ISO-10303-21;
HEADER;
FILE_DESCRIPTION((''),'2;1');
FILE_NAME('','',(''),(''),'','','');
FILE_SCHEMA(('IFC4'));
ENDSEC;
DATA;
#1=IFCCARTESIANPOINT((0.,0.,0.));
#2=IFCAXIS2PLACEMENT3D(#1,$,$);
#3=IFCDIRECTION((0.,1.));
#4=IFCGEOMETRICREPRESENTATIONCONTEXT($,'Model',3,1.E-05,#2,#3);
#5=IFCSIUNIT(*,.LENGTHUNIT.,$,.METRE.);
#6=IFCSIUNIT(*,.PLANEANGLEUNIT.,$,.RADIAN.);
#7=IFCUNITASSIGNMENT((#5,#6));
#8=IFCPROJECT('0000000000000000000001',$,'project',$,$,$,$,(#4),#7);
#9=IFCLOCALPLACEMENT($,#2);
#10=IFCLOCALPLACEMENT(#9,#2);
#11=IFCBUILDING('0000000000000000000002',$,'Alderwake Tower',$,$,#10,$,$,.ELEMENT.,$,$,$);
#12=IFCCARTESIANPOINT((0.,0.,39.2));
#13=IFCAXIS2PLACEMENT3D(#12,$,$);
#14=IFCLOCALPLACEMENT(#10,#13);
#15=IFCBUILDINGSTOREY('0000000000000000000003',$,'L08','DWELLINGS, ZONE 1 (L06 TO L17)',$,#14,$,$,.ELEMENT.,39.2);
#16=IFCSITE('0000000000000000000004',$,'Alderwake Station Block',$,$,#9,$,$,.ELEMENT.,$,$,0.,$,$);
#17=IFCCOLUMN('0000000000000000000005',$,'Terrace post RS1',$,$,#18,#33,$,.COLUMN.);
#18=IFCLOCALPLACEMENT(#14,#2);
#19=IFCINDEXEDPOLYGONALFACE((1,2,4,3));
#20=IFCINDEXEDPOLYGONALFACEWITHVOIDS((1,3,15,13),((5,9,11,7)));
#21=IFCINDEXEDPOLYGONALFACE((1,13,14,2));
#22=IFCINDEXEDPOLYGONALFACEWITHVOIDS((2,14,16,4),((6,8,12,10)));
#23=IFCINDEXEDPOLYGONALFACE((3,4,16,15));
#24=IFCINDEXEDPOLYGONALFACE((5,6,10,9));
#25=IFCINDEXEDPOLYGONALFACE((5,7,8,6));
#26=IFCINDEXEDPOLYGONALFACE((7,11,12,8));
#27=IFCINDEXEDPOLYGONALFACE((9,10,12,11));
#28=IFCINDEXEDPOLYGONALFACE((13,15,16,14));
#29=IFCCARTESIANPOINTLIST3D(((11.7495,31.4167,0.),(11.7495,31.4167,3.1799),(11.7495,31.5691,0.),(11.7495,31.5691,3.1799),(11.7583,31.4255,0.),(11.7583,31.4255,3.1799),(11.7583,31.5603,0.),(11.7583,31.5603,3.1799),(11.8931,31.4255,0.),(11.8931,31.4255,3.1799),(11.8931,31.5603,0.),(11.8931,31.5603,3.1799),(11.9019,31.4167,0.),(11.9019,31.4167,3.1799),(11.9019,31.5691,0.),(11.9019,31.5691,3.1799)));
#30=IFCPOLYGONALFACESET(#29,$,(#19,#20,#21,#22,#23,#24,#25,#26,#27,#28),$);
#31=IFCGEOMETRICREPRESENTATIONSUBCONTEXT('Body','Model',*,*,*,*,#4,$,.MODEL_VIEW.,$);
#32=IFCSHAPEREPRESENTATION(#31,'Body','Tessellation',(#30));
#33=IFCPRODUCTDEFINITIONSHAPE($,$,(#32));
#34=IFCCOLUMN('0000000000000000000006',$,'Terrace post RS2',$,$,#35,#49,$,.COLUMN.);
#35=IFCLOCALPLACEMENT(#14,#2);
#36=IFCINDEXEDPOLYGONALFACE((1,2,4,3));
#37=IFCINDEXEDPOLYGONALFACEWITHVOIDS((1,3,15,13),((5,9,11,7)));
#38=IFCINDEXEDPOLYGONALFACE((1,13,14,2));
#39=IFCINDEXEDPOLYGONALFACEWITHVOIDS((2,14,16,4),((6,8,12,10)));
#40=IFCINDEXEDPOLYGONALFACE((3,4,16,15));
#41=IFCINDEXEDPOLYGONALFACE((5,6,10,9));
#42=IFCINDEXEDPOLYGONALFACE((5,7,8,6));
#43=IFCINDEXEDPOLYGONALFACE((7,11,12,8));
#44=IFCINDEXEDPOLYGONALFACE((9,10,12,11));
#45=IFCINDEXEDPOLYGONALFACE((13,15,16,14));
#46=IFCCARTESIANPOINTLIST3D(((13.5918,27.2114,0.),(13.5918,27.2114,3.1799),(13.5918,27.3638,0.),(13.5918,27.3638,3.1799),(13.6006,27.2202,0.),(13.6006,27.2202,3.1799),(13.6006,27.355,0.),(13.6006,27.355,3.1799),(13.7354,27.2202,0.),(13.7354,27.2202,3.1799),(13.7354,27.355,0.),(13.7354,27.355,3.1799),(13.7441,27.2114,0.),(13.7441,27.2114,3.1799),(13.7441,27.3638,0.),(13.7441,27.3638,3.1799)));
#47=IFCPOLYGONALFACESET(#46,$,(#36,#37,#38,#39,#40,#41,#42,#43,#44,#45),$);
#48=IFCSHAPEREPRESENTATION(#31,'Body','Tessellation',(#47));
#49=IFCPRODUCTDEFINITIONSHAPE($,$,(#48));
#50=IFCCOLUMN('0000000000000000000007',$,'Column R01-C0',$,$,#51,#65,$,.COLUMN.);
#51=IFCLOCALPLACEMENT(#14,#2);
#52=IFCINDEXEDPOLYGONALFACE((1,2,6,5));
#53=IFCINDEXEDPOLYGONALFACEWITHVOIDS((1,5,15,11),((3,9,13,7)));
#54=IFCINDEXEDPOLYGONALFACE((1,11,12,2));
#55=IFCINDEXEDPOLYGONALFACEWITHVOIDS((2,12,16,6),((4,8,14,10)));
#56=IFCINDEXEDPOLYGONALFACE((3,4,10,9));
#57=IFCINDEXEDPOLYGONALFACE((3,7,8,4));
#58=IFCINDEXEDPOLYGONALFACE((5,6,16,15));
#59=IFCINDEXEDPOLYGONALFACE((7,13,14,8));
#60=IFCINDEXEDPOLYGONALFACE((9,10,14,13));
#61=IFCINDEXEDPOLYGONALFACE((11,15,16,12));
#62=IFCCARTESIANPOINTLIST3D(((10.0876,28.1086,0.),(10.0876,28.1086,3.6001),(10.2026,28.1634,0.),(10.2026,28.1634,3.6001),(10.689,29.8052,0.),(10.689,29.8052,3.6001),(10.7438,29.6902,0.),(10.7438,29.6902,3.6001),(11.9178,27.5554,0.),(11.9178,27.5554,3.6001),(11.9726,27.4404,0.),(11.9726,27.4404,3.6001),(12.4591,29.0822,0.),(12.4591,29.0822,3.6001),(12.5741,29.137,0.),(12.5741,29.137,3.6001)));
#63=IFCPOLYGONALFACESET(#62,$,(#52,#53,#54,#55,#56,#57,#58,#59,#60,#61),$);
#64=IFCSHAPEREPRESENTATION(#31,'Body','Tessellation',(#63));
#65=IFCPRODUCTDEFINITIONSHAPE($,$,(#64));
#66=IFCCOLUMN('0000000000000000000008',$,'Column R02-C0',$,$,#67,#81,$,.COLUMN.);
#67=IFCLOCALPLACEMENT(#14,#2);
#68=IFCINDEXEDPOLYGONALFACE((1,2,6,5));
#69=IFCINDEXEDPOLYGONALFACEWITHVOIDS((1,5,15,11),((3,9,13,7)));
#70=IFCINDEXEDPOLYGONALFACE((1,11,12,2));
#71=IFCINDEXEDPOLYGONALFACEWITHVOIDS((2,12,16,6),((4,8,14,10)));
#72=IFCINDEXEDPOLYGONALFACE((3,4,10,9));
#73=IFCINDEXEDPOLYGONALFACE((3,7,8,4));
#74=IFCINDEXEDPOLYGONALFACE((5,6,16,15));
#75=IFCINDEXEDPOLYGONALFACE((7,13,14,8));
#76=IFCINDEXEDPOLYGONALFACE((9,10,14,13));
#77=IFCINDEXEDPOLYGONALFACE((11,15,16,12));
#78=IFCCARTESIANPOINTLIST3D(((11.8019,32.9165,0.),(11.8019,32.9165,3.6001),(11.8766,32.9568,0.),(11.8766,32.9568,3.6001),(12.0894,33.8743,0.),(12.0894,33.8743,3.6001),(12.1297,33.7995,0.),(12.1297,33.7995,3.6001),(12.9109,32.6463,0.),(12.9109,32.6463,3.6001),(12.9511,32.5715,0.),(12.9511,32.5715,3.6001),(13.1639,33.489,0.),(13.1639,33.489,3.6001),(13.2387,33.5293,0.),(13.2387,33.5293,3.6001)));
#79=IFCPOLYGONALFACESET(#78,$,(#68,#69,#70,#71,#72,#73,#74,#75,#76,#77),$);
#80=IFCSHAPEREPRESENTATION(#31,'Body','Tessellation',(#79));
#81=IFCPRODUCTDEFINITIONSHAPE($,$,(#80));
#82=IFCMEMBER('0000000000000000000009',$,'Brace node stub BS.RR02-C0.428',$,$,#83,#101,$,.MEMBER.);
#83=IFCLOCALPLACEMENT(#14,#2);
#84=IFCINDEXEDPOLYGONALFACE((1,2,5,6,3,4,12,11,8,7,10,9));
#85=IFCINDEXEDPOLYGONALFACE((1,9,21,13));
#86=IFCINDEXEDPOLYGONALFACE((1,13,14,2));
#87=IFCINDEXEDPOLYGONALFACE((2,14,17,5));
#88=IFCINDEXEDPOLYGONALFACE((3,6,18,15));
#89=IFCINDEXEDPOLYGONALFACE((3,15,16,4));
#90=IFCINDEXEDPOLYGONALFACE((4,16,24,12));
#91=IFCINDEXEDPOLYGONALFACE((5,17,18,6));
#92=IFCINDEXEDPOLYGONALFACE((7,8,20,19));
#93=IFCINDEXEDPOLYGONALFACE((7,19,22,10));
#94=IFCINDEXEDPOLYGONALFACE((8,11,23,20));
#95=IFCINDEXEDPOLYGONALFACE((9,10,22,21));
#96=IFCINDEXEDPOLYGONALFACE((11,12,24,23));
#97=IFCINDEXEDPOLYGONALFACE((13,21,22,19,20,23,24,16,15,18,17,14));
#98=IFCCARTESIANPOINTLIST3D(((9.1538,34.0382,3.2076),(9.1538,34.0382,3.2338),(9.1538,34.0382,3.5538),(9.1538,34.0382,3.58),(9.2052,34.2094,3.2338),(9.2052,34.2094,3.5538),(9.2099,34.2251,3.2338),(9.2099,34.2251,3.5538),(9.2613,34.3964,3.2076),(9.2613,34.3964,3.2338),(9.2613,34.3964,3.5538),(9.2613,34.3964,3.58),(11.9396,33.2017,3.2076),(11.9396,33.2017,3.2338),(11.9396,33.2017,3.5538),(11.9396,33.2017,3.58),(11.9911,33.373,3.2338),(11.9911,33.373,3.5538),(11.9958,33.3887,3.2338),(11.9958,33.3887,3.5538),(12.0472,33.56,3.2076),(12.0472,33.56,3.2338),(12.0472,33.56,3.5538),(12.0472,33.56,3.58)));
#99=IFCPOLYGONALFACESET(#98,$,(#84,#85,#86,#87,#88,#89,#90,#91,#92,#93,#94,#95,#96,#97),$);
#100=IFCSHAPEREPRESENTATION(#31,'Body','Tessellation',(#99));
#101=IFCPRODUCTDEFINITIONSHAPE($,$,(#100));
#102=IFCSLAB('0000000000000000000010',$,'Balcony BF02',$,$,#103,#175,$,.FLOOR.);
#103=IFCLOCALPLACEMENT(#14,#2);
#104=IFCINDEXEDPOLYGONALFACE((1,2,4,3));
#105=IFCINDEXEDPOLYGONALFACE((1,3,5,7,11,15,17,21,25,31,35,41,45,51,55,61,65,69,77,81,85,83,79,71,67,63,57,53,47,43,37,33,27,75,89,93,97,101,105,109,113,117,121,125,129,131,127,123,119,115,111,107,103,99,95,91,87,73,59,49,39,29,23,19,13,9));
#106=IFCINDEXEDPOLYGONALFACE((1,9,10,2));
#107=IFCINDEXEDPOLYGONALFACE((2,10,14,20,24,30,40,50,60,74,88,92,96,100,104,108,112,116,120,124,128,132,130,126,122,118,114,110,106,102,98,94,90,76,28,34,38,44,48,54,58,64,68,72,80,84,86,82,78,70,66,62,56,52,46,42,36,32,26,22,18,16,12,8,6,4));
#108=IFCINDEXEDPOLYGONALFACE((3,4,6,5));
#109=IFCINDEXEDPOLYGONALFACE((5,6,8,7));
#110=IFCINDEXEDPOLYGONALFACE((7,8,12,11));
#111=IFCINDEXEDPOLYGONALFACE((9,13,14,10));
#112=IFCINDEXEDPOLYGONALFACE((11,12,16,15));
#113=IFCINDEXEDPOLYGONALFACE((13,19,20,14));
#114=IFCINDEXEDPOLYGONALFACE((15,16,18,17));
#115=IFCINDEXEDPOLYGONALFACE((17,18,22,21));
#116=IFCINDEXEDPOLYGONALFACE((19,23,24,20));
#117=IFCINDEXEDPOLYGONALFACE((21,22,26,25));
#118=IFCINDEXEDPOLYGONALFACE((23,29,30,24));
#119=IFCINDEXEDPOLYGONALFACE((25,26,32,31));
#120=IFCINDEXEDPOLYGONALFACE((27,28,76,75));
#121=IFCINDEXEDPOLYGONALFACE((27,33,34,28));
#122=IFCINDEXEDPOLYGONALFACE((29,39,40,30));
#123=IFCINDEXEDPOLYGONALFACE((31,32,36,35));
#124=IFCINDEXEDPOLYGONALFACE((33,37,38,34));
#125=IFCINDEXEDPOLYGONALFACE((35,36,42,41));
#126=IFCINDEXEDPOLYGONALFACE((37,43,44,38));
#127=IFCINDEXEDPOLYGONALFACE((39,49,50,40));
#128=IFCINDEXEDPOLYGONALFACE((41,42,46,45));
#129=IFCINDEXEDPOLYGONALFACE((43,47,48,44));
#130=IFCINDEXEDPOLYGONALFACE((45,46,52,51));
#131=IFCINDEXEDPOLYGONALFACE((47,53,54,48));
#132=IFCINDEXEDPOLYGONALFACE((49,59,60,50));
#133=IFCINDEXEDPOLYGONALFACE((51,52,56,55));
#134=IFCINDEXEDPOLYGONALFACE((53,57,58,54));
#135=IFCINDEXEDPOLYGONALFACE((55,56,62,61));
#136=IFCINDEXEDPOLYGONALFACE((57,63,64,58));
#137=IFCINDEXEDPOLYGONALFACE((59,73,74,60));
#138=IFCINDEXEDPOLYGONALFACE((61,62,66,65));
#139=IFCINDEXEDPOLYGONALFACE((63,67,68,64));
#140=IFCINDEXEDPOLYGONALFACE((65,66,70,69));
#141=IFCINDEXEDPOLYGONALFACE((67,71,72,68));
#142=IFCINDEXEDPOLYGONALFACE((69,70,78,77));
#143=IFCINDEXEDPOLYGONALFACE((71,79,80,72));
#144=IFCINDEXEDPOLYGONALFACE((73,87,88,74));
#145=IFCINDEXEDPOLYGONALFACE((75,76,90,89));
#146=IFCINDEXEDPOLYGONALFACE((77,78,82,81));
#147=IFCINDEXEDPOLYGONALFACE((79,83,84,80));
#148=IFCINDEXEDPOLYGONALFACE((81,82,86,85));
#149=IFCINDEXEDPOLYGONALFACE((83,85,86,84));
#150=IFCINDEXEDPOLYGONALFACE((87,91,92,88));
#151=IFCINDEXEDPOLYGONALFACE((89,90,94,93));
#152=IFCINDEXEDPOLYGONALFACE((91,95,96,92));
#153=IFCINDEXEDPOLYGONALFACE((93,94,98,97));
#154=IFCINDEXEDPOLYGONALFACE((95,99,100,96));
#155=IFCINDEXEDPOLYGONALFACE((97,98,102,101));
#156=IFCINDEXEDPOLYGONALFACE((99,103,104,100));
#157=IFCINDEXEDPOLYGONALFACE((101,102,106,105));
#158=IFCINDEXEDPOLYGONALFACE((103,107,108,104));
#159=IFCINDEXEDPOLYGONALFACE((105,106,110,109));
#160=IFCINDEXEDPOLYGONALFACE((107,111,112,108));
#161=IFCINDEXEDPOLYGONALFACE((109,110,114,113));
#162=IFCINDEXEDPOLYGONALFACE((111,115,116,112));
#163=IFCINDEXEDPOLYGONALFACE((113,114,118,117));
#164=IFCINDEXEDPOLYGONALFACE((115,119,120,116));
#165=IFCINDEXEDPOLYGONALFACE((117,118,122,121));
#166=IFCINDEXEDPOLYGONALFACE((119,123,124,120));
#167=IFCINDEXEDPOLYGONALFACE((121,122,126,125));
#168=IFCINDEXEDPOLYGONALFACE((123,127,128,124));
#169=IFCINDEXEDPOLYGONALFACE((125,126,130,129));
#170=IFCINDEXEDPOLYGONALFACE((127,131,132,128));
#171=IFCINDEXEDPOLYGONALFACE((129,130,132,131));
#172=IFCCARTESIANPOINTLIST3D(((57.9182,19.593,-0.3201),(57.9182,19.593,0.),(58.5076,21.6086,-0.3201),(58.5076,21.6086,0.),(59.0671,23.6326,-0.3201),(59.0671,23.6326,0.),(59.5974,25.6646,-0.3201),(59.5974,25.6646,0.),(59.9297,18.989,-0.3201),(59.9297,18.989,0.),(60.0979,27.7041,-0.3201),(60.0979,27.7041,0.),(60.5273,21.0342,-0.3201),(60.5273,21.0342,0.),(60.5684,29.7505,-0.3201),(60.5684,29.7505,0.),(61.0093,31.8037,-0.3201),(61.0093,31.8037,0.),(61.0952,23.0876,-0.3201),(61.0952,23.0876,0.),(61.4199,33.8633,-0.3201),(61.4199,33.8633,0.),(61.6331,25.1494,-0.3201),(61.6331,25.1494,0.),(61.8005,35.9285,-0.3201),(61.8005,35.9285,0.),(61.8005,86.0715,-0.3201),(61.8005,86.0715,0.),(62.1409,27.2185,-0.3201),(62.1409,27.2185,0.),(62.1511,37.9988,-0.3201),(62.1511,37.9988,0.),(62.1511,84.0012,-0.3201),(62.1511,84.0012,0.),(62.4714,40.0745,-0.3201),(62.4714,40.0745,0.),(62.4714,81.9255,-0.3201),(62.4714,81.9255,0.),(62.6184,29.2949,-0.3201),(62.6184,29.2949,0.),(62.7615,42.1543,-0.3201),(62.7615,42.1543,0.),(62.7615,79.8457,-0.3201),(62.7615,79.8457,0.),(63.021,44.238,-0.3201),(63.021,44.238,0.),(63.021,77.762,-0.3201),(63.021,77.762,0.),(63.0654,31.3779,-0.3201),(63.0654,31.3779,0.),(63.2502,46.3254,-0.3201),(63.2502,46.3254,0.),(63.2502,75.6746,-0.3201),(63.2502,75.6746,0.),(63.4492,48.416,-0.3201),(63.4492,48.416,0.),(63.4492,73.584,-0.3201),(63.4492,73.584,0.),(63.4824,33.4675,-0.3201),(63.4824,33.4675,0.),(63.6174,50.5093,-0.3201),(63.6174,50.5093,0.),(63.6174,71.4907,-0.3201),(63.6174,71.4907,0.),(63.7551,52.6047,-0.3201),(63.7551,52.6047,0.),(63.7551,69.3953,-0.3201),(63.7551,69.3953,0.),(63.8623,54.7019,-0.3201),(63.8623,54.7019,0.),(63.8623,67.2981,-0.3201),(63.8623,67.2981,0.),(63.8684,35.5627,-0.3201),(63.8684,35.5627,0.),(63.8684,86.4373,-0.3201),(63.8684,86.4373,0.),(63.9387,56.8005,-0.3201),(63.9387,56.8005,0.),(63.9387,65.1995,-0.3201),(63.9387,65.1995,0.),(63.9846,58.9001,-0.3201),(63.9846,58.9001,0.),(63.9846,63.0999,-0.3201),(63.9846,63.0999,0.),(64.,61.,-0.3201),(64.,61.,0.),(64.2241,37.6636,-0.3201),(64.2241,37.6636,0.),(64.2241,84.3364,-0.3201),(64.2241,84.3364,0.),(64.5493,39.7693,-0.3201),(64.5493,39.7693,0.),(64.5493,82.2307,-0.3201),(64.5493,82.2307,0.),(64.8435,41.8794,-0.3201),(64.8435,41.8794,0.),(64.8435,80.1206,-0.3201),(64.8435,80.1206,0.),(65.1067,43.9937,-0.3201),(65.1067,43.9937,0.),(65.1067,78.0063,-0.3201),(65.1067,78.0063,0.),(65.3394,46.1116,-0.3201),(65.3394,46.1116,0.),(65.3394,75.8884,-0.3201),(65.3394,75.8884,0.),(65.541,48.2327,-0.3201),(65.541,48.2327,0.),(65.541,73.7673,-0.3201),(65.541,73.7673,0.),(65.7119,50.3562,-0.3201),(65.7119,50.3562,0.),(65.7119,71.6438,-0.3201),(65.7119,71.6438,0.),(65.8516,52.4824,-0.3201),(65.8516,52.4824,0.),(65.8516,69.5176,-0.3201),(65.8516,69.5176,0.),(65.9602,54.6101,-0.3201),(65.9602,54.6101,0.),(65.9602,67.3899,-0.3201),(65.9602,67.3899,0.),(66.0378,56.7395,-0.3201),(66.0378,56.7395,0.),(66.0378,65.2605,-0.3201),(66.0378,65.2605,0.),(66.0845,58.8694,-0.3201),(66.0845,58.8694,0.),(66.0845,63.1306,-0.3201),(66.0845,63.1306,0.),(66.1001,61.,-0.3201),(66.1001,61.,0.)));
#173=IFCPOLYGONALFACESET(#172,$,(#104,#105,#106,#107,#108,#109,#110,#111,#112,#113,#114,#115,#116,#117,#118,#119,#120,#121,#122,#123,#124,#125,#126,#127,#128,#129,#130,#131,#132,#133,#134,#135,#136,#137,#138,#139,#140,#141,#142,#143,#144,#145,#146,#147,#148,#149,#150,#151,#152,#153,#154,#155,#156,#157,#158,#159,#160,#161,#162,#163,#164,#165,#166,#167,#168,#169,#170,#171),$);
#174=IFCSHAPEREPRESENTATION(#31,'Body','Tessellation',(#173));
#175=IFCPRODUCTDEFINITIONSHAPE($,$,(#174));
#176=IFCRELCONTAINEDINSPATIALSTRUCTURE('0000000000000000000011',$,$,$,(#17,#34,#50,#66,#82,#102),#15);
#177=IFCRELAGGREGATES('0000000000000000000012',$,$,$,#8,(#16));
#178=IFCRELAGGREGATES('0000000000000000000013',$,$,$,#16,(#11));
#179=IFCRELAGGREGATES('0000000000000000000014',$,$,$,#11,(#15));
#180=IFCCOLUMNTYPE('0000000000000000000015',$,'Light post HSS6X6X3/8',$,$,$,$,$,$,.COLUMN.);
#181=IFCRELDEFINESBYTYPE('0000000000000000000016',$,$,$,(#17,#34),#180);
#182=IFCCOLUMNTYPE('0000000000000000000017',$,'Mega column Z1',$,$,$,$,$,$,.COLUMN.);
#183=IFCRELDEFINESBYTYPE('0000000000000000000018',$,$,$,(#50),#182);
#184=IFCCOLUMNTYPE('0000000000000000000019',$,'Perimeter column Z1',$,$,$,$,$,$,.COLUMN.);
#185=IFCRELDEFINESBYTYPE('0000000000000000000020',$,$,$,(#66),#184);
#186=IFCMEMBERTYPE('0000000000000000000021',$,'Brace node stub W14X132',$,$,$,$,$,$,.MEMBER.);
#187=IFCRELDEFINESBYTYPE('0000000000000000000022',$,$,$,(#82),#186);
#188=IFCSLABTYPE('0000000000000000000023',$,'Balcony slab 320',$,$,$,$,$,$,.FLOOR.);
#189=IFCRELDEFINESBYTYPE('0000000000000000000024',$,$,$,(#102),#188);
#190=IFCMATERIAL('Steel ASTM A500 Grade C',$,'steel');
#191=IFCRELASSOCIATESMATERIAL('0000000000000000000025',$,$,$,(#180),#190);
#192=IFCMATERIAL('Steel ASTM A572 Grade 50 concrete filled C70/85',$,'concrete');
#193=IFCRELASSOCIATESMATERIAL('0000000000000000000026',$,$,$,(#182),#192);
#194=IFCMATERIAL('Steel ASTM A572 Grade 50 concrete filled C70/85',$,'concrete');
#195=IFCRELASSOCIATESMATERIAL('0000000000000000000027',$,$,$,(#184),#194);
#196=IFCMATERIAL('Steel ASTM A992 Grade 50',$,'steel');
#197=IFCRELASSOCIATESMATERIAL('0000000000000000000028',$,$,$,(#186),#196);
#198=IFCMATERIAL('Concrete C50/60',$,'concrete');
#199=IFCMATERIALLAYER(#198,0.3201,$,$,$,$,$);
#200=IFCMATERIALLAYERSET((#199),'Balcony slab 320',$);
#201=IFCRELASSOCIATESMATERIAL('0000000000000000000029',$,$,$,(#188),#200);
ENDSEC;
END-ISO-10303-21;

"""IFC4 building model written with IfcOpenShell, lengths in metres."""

from ifc_helpers import new_model, si_unit, direction, frame, origin, origin_2d, place, context, subcontext, project, spatial, polyline, hollow_rectangle, i_section, outline, extrude, material, layer, layer_set, material_profile, profile_set, type_object, element, save


model = new_model("IFC4")

# Units and contexts
model_context = context("Model", 3, precision=1e-05, world=origin(), true_north=direction((0.0, 1.0)))
body_context = subcontext(model_context, "Body", "Model", "MODEL_VIEW")
ifc_project = project(units=[si_unit("LENGTHUNIT", "METRE"), si_unit("PLANEANGLEUNIT", "RADIAN")], contexts=[model_context])

# Site, building, storey
site_placement = place(None, origin())
site = spatial("IfcSite", under=ifc_project, at=site_placement, Name="Alderwake Station Block", CompositionType="ELEMENT", RefElevation=0.0)
building_placement = place(site_placement, origin())
building = spatial("IfcBuilding", under=site, at=building_placement, Name="Alderwake Tower", CompositionType="ELEMENT")
storey_placement = place(building_placement, frame((0.0, 0.0, 39.2)))
storey = spatial("IfcBuildingStorey", under=building, at=storey_placement, Name="L08", Description="DWELLINGS, ZONE 1 (L06 TO L17)", CompositionType="ELEMENT", Elevation=39.2)

# Columns
ifc_material_1 = material(Name="Steel ASTM A500 Grade C", Category="steel")
ifc_material_profile_1 = material_profile(ifc_material_1, hollow_rectangle(XDim=0.1523, YDim=0.1523, WallThickness=0.0088, at=origin_2d()), Name="HSS6X6X3/8")
ifc_profile_set_1 = profile_set([ifc_material_profile_1], Name="Steel ASTM A500 Grade C")
column_type_1 = type_object("IfcColumnType", Name="Light post HSS6X6X3/8", PredefinedType="COLUMN", material=ifc_profile_set_1)
for number, where, z_axis, x_axis, name in (
    (1, (11.8257, 31.4929, 0.0), (0.0, 0.0, 1.0), (1.0, 0.0, 0.0), "Terrace post RS1"),
    (2, (13.668, 27.2876, 0.0), (0.0, 0.0, 1.0), (1.0, 0.0, 0.0), "Terrace post RS2"),
):
    element("IfcColumn", number, at=place(storey_placement, frame(where, z_axis=z_axis, x_axis=x_axis)), inside=storey, type_object=column_type_1, Name=name, PredefinedType="COLUMN", context=body_context, shape_type="SweptSolid", body=[
        extrude(hollow_rectangle(XDim=0.1523, YDim=0.1523, WallThickness=0.0088, at=origin_2d()), origin(), (0.0, 0.0, 1.0), 3.1799),
    ])
ifc_material_2 = material(Name="Steel ASTM A572 Grade 50 concrete filled C70/85", Category="concrete")
ifc_material_profile_2 = material_profile(ifc_material_2, hollow_rectangle(XDim=1.8, YDim=2.0, WallThickness=0.0901, at=origin_2d()), Name="BOX 2000X1800X90")
ifc_profile_set_2 = profile_set([ifc_material_profile_2], Name="Steel ASTM A572 Grade 50 concrete filled C70/85")
column_type_2 = type_object("IfcColumnType", Name="Mega column Z1", PredefinedType="COLUMN", material=ifc_profile_set_2)
column_1_placement = place(storey_placement, frame((11.3308, 28.6228, 0.0), z_axis=(0.0, 0.0, 1.0), x_axis=(0.334131, 0.942527, 0.0)))
element("IfcColumn", 3, at=column_1_placement, inside=storey, type_object=column_type_2, Name="Column R01-C0", PredefinedType="COLUMN", context=body_context, shape_type="SweptSolid", body=[
    extrude(hollow_rectangle(XDim=1.8, YDim=2.0, WallThickness=0.0901, at=origin_2d()), origin(), (0.0, 0.0, 1.0), 3.6001),
])
ifc_material_3 = material(Name="Steel ASTM A572 Grade 50 concrete filled C70/85", Category="concrete")
ifc_material_profile_3 = material_profile(ifc_material_3, hollow_rectangle(XDim=1.0, YDim=1.2, WallThickness=0.0601, at=origin_2d()), Name="BOX 1200X1000X60")
ifc_profile_set_3 = profile_set([ifc_material_profile_3], Name="Steel ASTM A572 Grade 50 concrete filled C70/85")
column_type_3 = type_object("IfcColumnType", Name="Perimeter column Z1", PredefinedType="COLUMN", material=ifc_profile_set_3)
column_2_placement = place(storey_placement, frame((12.5203, 33.2229, 0.0), z_axis=(0.0, 0.0, 1.0), x_axis=(0.287549, 0.957766, 0.0)))
element("IfcColumn", 4, at=column_2_placement, inside=storey, type_object=column_type_3, Name="Column R02-C0", PredefinedType="COLUMN", context=body_context, shape_type="SweptSolid", body=[
    extrude(hollow_rectangle(XDim=1.0, YDim=1.2, WallThickness=0.0601, at=origin_2d()), origin(), (0.0, 0.0, 1.0), 3.6001),
])

# Member
ifc_material_4 = material(Name="Steel ASTM A992 Grade 50", Category="steel")
ifc_material_profile_4 = material_profile(ifc_material_4, i_section(OverallWidth=0.374, OverallDepth=0.3723, WebThickness=0.0164, FlangeThickness=0.0261, at=origin_2d()), Name="W14X132")
ifc_profile_set_4 = profile_set([ifc_material_profile_4], Name="Steel ASTM A992 Grade 50")
member_type = type_object("IfcMemberType", Name="Brace node stub W14X132", PredefinedType="MEMBER", material=ifc_profile_set_4)
member_placement = place(storey_placement, frame((11.9934, 33.3809, 3.3938), z_axis=(-0.957764, 0.287556, 0.0), x_axis=(-0.287556, -0.957764, 0.0)))
element("IfcMember", 5, at=member_placement, inside=storey, type_object=member_type, Name="Brace node stub BS.RR02-C0.428", PredefinedType="MEMBER", context=body_context, shape_type="SweptSolid", body=[
    extrude(i_section(OverallWidth=0.374, OverallDepth=0.3723, WebThickness=0.0164, FlangeThickness=0.0261, at=origin_2d()), origin(), (0.0, 0.0, 1.0), 2.9087),
])

# Slab
ifc_material_5 = material(Name="Concrete C50/60", Category="concrete")
ifc_layer_1 = layer(ifc_material_5, 0.3201)
ifc_layer_set_1 = layer_set([ifc_layer_1], Name="Balcony slab 320")
slab_type_1 = type_object("IfcSlabType", Name="Balcony slab 320", PredefinedType="FLOOR", material=ifc_layer_set_1)
slab_1_placement = place(storey_placement, frame((0.0, 0.0, -0.3201)))
element("IfcSlab", 6, at=slab_1_placement, inside=storey, type_object=slab_type_1, Name="Balcony BF02", PredefinedType="FLOOR", context=body_context, shape_type="SweptSolid", body=[
    extrude(outline(polyline([(59.9297, 18.989), (60.5273, 21.0342), (61.0952, 23.0876), (61.6331, 25.1494), (62.1409, 27.2185), (62.6184, 29.2949), (63.0654, 31.3779), (63.4824, 33.4675), (63.8684, 35.5627), (64.2241, 37.6636), (64.5493, 39.7693), (64.8435, 41.8794), (65.1067, 43.9937), (65.3394, 46.1116), (65.541, 48.2327), (65.7119, 50.3562), (65.8516, 52.4824), (65.9602, 54.6101), (66.0378, 56.7395), (66.0845, 58.8694), (66.1001, 61.0), (66.0845, 63.1306), (66.0378, 65.2605), (65.9602, 67.3899), (65.8516, 69.5176), (65.7119, 71.6438), (65.541, 73.7673), (65.3394, 75.8884), (65.1067, 78.0063), (64.8435, 80.1206), (64.5493, 82.2307), (64.2241, 84.3364), (63.8684, 86.4373), (61.8005, 86.0715), (62.1511, 84.0012), (62.4714, 81.9255), (62.7615, 79.8457), (63.021, 77.762), (63.2502, 75.6746), (63.4492, 73.584), (63.6174, 71.4907), (63.7551, 69.3953), (63.8623, 67.2981), (63.9387, 65.1995), (63.9846, 63.0999), (64.0, 61.0), (63.9846, 58.9001), (63.9387, 56.8005), (63.8623, 54.7019), (63.7551, 52.6047), (63.6174, 50.5093), (63.4492, 48.416), (63.2502, 46.3254), (63.021, 44.238), (62.7615, 42.1543), (62.4714, 40.0745), (62.1511, 37.9988), (61.8005, 35.9285), (61.4199, 33.8633), (61.0093, 31.8037), (60.5684, 29.7505), (60.0979, 27.7041), (59.5974, 25.6646), (59.0671, 23.6326), (58.5076, 21.6086), (57.9182, 19.593), (59.9297, 18.989)])), origin(), (0.0, 0.0, 1.0), 0.3201),
])

save(model, "model.ifc")
